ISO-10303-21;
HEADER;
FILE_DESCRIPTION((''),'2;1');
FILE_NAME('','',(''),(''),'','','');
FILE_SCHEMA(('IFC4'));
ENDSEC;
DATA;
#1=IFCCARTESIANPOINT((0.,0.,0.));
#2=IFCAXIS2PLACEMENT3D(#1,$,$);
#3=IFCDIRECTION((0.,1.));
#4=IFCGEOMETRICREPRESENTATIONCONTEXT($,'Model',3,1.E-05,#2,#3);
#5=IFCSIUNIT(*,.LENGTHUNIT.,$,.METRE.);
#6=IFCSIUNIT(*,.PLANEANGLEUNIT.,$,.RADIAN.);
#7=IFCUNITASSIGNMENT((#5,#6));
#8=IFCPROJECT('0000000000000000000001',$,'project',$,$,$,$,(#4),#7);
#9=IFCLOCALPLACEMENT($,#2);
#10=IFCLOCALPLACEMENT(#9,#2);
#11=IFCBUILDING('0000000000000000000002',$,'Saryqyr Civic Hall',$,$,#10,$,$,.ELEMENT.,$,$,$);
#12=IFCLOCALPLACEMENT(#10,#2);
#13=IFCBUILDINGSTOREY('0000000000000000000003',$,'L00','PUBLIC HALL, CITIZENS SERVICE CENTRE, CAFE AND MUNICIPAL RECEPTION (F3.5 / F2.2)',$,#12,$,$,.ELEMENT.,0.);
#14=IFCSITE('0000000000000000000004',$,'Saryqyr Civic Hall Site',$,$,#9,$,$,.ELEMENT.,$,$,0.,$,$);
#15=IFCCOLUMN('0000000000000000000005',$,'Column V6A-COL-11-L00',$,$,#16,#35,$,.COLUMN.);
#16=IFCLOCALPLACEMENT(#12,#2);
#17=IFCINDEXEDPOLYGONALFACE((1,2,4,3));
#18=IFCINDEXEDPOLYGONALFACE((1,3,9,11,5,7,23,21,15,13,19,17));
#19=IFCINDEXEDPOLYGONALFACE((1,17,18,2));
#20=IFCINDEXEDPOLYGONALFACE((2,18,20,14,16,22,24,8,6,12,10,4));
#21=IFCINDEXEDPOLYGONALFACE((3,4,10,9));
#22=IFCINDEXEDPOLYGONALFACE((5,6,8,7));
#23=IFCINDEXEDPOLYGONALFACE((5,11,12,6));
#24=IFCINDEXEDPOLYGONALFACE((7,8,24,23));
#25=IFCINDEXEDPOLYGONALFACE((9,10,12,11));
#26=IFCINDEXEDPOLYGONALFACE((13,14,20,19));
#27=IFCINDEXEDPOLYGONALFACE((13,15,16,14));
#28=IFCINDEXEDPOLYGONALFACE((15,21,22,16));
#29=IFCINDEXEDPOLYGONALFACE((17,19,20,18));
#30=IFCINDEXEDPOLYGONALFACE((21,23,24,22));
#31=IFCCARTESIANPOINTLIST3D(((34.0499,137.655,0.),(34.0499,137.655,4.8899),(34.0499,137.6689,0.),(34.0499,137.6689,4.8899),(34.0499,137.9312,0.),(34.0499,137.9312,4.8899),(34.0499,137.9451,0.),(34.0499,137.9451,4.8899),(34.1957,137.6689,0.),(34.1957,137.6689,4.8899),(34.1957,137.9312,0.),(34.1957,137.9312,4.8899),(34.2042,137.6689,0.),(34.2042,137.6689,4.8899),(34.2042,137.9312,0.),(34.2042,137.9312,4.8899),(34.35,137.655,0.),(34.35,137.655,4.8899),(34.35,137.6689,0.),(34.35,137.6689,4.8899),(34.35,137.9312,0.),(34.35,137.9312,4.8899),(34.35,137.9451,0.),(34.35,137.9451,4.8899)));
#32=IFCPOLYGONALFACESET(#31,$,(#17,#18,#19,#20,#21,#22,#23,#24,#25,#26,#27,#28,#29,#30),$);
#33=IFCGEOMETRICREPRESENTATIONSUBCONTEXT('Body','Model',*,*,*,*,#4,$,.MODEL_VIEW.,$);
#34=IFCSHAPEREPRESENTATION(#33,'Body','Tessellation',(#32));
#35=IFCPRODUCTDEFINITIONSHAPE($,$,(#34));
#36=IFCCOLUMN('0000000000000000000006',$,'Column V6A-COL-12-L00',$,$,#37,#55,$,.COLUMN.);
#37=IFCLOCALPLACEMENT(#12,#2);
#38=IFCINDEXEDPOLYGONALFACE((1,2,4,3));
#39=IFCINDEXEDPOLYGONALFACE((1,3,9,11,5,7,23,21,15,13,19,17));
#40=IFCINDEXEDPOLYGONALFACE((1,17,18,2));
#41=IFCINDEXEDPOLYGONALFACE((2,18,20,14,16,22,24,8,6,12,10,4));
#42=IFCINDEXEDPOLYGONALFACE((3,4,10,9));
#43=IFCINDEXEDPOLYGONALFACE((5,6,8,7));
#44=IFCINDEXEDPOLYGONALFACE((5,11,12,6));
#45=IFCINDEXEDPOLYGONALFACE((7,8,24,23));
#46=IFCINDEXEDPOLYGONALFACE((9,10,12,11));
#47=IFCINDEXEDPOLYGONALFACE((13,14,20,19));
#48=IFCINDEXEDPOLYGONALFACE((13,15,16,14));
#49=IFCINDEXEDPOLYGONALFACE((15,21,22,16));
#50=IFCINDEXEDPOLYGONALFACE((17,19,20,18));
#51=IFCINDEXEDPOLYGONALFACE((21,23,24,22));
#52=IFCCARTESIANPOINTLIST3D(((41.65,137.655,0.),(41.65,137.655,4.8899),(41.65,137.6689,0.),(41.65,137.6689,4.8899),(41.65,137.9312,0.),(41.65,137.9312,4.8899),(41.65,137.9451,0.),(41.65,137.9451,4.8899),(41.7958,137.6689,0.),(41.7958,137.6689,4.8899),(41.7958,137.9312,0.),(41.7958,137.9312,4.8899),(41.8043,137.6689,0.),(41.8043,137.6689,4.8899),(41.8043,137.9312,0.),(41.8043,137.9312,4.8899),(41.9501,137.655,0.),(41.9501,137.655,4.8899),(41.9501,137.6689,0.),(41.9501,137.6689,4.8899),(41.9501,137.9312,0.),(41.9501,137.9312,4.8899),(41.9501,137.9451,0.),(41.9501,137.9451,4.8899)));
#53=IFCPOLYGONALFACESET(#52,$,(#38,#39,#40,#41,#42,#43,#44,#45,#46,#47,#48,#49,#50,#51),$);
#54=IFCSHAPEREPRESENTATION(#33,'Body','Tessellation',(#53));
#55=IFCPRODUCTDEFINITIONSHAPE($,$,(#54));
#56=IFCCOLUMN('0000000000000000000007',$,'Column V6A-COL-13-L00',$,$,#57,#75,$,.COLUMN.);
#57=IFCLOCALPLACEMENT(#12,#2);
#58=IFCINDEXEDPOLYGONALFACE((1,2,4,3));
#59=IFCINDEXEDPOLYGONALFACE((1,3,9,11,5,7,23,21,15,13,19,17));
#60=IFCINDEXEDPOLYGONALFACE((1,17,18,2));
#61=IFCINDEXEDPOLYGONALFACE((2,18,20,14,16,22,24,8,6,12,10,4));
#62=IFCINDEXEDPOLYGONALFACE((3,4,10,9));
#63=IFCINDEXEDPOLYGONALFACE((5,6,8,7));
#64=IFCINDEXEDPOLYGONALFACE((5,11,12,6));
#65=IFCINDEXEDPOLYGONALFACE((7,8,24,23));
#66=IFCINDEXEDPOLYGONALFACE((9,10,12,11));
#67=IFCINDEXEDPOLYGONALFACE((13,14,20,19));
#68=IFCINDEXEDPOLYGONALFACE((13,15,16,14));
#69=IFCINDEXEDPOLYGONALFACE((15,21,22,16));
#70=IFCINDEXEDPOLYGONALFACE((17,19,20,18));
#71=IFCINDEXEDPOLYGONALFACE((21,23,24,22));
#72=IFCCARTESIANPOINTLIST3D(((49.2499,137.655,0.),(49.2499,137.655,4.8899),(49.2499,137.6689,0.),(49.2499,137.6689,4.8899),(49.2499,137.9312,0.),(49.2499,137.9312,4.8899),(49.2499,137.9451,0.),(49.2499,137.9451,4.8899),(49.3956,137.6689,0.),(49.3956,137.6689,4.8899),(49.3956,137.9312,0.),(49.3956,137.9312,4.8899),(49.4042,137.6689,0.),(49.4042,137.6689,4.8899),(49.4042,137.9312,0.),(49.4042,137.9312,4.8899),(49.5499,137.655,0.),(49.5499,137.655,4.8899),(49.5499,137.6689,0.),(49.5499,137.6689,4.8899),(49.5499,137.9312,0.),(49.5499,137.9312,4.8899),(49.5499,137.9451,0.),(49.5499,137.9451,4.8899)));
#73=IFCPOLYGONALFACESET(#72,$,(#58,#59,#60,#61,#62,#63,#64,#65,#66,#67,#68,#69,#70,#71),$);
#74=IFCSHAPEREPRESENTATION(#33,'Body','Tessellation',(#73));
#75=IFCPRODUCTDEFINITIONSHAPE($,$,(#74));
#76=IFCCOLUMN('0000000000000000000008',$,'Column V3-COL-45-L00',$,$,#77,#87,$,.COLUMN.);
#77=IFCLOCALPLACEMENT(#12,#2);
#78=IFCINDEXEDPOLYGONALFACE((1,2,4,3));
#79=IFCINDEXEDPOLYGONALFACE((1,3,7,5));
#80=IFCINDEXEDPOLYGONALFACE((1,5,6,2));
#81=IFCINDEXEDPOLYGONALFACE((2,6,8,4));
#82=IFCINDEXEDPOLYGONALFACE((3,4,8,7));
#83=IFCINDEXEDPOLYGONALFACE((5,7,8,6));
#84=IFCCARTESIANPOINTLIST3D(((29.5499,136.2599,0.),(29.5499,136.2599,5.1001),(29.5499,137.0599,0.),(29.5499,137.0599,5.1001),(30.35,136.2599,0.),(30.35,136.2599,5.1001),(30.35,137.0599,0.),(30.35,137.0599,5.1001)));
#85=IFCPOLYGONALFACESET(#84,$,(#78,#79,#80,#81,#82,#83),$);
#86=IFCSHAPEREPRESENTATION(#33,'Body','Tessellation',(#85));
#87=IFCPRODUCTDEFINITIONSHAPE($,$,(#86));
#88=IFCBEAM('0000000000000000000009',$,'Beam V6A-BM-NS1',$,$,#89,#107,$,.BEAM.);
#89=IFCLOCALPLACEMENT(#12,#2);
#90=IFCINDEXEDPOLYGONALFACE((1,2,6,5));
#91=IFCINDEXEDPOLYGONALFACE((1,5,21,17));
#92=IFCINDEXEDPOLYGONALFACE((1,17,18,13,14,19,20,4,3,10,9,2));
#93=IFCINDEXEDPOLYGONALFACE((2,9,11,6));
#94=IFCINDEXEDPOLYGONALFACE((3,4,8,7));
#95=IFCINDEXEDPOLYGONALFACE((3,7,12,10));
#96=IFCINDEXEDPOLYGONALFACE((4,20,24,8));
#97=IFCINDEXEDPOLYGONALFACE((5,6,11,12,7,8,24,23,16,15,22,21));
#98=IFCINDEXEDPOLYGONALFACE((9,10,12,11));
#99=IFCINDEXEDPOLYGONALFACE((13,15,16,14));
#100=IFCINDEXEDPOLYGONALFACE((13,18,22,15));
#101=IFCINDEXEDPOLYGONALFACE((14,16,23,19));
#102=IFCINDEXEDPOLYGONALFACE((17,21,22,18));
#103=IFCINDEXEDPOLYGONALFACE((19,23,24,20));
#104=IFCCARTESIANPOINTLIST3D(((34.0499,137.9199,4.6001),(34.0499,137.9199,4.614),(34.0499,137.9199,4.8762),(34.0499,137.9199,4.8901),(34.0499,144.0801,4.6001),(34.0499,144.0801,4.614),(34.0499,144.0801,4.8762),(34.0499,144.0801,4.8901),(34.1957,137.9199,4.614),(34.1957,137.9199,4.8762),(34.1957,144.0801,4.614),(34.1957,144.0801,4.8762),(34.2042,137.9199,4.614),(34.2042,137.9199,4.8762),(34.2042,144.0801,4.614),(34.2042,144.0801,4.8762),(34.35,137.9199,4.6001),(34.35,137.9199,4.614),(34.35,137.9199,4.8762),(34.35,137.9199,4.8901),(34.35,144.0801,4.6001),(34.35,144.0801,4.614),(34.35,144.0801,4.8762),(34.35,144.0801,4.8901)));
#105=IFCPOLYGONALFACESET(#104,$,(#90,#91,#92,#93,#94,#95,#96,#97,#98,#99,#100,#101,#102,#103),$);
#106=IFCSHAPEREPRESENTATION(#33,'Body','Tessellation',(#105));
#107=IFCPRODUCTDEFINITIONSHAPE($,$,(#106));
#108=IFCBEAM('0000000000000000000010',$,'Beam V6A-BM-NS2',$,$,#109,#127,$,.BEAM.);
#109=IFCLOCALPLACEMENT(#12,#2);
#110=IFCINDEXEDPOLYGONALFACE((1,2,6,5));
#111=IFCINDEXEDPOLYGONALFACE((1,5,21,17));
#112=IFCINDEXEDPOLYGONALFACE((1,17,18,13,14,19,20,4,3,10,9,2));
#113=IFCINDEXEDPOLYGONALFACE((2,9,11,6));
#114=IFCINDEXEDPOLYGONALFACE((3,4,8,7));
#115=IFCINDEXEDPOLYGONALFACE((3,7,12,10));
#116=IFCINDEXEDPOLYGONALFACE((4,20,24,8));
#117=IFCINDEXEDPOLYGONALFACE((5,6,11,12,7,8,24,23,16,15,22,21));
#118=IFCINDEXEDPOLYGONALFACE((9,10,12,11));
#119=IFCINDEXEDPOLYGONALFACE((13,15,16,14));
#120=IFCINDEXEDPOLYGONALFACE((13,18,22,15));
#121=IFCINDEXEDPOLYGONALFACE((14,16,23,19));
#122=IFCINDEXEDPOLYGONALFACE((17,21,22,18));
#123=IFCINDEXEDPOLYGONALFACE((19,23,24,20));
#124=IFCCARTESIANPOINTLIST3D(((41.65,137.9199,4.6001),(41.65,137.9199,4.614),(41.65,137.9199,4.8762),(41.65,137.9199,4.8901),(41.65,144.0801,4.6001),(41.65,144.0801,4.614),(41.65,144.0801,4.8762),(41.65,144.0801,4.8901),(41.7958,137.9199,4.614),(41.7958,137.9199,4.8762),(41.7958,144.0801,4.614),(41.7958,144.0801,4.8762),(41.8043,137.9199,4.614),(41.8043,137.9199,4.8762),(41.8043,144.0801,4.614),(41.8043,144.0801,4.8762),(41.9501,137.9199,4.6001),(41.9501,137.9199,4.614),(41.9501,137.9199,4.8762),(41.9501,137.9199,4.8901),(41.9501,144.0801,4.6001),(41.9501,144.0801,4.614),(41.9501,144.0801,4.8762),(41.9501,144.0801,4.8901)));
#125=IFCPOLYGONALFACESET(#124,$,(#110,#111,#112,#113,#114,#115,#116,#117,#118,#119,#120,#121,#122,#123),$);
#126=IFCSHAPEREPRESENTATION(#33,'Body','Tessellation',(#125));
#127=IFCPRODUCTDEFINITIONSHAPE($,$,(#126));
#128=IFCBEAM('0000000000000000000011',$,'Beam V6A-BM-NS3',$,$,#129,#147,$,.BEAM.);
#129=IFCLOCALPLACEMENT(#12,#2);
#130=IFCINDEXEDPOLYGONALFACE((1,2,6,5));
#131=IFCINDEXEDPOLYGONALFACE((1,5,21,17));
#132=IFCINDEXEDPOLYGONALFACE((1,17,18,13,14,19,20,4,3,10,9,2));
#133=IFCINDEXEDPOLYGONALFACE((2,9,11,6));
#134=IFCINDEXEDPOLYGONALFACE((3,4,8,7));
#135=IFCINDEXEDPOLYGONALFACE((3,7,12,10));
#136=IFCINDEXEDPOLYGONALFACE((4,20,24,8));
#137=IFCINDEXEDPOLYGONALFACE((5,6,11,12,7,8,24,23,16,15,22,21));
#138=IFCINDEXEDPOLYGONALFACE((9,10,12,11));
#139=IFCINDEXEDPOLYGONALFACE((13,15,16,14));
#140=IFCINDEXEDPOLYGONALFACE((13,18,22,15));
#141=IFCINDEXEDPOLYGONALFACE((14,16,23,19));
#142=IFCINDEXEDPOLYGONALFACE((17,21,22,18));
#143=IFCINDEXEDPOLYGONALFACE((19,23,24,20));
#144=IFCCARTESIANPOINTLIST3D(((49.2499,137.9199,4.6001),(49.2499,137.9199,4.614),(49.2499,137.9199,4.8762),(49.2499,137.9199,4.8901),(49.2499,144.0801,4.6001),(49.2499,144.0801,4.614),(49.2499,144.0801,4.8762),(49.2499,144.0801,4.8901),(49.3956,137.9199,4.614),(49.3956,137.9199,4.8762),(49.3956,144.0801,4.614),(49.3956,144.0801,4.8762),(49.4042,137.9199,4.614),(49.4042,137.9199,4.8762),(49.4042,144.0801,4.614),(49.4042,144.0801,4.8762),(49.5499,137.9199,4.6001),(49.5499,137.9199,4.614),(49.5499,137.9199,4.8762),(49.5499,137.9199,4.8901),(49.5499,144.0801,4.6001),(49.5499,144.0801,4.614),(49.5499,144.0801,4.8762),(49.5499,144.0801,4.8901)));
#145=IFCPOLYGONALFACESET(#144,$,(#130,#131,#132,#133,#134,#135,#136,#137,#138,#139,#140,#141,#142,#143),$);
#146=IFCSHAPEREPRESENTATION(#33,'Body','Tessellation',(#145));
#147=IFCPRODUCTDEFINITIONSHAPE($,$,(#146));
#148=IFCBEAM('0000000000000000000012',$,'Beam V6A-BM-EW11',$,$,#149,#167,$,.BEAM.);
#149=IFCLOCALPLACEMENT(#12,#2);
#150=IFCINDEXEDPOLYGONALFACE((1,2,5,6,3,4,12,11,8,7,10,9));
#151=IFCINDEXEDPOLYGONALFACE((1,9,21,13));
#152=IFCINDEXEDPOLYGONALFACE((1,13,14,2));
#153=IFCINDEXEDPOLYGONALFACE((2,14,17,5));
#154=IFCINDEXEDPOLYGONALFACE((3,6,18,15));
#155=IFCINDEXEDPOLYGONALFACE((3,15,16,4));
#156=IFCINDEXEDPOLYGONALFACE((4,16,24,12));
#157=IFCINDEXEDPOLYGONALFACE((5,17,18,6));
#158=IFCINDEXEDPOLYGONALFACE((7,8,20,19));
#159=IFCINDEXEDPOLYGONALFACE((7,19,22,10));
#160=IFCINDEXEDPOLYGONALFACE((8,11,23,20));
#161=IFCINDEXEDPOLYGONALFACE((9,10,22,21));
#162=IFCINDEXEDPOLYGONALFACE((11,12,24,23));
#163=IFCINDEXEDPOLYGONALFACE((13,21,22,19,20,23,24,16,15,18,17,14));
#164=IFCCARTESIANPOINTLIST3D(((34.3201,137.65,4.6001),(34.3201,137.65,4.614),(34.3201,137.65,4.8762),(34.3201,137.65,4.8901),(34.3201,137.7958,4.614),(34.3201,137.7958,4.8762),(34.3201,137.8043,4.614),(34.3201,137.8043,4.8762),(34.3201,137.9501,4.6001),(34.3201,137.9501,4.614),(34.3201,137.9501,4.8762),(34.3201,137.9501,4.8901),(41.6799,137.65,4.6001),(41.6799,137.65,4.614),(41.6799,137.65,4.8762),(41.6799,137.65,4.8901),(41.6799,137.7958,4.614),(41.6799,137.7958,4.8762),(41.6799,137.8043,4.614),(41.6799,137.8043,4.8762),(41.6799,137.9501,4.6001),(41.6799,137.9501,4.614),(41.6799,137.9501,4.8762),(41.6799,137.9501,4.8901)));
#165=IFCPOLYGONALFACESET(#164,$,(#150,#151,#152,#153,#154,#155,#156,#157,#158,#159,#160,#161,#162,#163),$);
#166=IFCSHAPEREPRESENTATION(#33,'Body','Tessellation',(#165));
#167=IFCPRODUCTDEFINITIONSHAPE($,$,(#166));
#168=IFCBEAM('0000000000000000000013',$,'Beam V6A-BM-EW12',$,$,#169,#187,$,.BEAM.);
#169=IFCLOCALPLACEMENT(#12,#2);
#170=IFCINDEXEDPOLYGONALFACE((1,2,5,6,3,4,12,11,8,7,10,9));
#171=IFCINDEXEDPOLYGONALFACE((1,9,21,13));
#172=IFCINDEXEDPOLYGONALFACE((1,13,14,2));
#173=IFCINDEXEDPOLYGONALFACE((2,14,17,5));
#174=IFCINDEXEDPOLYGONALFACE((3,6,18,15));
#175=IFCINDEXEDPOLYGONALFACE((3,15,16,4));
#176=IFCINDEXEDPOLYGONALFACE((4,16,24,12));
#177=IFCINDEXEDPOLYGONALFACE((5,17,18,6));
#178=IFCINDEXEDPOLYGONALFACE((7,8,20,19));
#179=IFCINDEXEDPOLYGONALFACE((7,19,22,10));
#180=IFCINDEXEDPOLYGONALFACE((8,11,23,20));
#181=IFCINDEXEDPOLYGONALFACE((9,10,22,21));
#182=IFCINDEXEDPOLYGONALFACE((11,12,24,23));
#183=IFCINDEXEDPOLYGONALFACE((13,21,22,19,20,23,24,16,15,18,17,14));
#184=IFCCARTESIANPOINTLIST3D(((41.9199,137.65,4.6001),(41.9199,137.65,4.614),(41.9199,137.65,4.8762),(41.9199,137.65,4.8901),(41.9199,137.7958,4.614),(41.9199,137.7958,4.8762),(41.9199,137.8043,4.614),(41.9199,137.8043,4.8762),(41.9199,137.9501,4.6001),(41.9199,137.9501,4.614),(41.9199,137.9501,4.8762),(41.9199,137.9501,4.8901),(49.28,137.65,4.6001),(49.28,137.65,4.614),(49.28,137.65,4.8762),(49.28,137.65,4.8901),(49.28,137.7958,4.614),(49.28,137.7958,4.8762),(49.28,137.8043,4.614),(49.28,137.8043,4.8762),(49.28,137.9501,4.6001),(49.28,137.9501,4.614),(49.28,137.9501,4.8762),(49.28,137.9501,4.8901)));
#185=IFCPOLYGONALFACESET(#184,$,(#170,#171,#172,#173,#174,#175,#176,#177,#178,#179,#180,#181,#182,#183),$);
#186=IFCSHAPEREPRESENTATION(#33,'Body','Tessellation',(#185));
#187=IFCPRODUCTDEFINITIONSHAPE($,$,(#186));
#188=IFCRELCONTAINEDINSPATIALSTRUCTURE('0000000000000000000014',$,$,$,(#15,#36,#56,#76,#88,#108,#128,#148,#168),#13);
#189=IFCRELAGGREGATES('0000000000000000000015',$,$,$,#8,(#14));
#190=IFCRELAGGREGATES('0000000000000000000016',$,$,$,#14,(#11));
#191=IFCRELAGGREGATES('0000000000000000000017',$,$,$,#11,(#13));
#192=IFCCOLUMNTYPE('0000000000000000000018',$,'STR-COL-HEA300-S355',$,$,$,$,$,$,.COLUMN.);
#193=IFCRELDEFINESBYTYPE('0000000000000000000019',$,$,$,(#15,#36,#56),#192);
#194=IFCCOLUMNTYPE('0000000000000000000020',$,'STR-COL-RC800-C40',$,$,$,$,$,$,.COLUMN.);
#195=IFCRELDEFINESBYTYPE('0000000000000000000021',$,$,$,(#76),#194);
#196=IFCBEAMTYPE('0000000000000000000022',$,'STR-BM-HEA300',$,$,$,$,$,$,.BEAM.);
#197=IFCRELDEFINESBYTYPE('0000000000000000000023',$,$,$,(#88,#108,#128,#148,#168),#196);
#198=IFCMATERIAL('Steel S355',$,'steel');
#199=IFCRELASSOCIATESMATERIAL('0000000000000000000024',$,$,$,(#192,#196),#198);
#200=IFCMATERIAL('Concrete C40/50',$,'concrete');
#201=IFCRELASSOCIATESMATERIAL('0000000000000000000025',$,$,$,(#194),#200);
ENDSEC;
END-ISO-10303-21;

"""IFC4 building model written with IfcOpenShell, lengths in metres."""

from ifc_helpers import new_model, si_unit, direction, frame, origin, origin_2d, place, context, subcontext, project, spatial, rectangle, i_section, extrude, material, material_profile, profile_set, type_object, element, save


model = new_model("IFC4")

# Units and contexts
model_context = context("Model", 3, precision=1e-05, world=origin(), true_north=direction((0.0, 1.0)))
body_context = subcontext(model_context, "Body", "Model", "MODEL_VIEW")
ifc_project = project(units=[si_unit("LENGTHUNIT", "METRE"), si_unit("PLANEANGLEUNIT", "RADIAN")], contexts=[model_context])

# Site, building, storey
site_placement = place(None, origin())
site = spatial("IfcSite", under=ifc_project, at=site_placement, Name="Saryqyr Civic Hall Site", CompositionType="ELEMENT", RefElevation=0.0)
building_placement = place(site_placement, origin())
building = spatial("IfcBuilding", under=site, at=building_placement, Name="Saryqyr Civic Hall", CompositionType="ELEMENT")
storey_placement = place(building_placement, origin())
storey = spatial("IfcBuildingStorey", under=building, at=storey_placement, Name="L00", Description="PUBLIC HALL, CITIZENS SERVICE CENTRE, CAFE AND MUNICIPAL RECEPTION (F3.5 / F2.2)", CompositionType="ELEMENT", Elevation=0.0)

# Columns
ifc_material_1 = material(Name="Steel S355", Category="steel")
ifc_material_profile_1 = material_profile(ifc_material_1, i_section(OverallWidth=0.3, OverallDepth=0.29, WebThickness=0.0085, FlangeThickness=0.0139, at=origin_2d()), Name="HEA 300")
ifc_profile_set_1 = profile_set([ifc_material_profile_1], Name="Steel S355")
column_type_1 = type_object("IfcColumnType", Name="STR-COL-HEA300-S355", PredefinedType="COLUMN", material=ifc_profile_set_1)
for number, where, z_axis, x_axis, name in (
    (1, (34.2, 137.8, 0.0), (0.0, 0.0, 1.0), (1.0, 0.0, 0.0), "Column V6A-COL-11-L00"),
    (2, (41.8, 137.8, 0.0), (0.0, 0.0, 1.0), (1.0, 0.0, 0.0), "Column V6A-COL-12-L00"),
    (3, (49.3999, 137.8, 0.0), (0.0, 0.0, 1.0), (1.0, 0.0, 0.0), "Column V6A-COL-13-L00"),
):
    element("IfcColumn", number, at=place(storey_placement, frame(where, z_axis=z_axis, x_axis=x_axis)), inside=storey, type_object=column_type_1, Name=name, PredefinedType="COLUMN", context=body_context, shape_type="SweptSolid", body=[
        extrude(i_section(OverallWidth=0.3, OverallDepth=0.29, WebThickness=0.0085, FlangeThickness=0.0139, at=origin_2d()), origin(), (0.0, 0.0, 1.0), 4.8899),
    ])
ifc_material_2 = material(Name="Concrete C40/50", Category="concrete")
ifc_material_profile_2 = material_profile(ifc_material_2, rectangle(XDim=0.8, YDim=0.8, at=origin_2d()), Name="RC 800x800")
ifc_profile_set_2 = profile_set([ifc_material_profile_2], Name="Concrete C40/50")
column_type_2 = type_object("IfcColumnType", Name="STR-COL-RC800-C40", PredefinedType="COLUMN", material=ifc_profile_set_2)
column_placement = place(storey_placement, frame((29.95, 136.6599, 0.0), z_axis=(0.0, 0.0, 1.0), x_axis=(1.0, 0.0, 0.0)))
element("IfcColumn", 4, at=column_placement, inside=storey, type_object=column_type_2, Name="Column V3-COL-45-L00", PredefinedType="COLUMN", context=body_context, shape_type="SweptSolid", body=[
    extrude(rectangle(XDim=0.8, YDim=0.8, at=origin_2d()), origin(), (0.0, 0.0, 1.0), 5.1001),
])

# Beams
ifc_material_profile_3 = material_profile(ifc_material_1, i_section(OverallWidth=0.3, OverallDepth=0.29, WebThickness=0.0085, FlangeThickness=0.0139, at=origin_2d()), Name="HEA 300")
ifc_profile_set_3 = profile_set([ifc_material_profile_3], Name="Steel S355")
beam_type_1 = type_object("IfcBeamType", Name="STR-BM-HEA300", PredefinedType="BEAM", material=ifc_profile_set_3)
for number, where, z_axis, x_axis, name in (
    (5, (34.2, 137.9199, 4.7451), (0.0, 1.0, 0.0), (-1.0, 0.0, 0.0), "Beam V6A-BM-NS1"),
    (6, (41.8, 137.9199, 4.7451), (0.0, 1.0, 0.0), (-1.0, 0.0, 0.0), "Beam V6A-BM-NS2"),
    (7, (49.3999, 137.9199, 4.7451), (0.0, 1.0, 0.0), (-1.0, 0.0, 0.0), "Beam V6A-BM-NS3"),
):
    element("IfcBeam", number, at=place(storey_placement, frame(where, z_axis=z_axis, x_axis=x_axis)), inside=storey, type_object=beam_type_1, Name=name, PredefinedType="BEAM", context=body_context, shape_type="SweptSolid", body=[
        extrude(i_section(OverallWidth=0.3, OverallDepth=0.29, WebThickness=0.0085, FlangeThickness=0.0139, at=origin_2d()), origin(), (0.0, 0.0, 1.0), 6.1602),
    ])
beam_1_placement = place(storey_placement, frame((34.3201, 137.8, 4.7451), z_axis=(1.0, 0.0, 0.0), x_axis=(0.0, 1.0, 0.0)))
element("IfcBeam", 8, at=beam_1_placement, inside=storey, type_object=beam_type_1, Name="Beam V6A-BM-EW11", PredefinedType="BEAM", context=body_context, shape_type="SweptSolid", body=[
    extrude(i_section(OverallWidth=0.3, OverallDepth=0.29, WebThickness=0.0085, FlangeThickness=0.0139, at=origin_2d()), origin(), (0.0, 0.0, 1.0), 7.3599),
])
beam_2_placement = place(storey_placement, frame((41.9199, 137.8, 4.7451), z_axis=(1.0, 0.0, 0.0), x_axis=(0.0, 1.0, 0.0)))
element("IfcBeam", 9, at=beam_2_placement, inside=storey, type_object=beam_type_1, Name="Beam V6A-BM-EW12", PredefinedType="BEAM", context=body_context, shape_type="SweptSolid", body=[
    extrude(i_section(OverallWidth=0.3, OverallDepth=0.29, WebThickness=0.0085, FlangeThickness=0.0139, at=origin_2d()), origin(), (0.0, 0.0, 1.0), 7.3601),
])

save(model, "model.ifc")
